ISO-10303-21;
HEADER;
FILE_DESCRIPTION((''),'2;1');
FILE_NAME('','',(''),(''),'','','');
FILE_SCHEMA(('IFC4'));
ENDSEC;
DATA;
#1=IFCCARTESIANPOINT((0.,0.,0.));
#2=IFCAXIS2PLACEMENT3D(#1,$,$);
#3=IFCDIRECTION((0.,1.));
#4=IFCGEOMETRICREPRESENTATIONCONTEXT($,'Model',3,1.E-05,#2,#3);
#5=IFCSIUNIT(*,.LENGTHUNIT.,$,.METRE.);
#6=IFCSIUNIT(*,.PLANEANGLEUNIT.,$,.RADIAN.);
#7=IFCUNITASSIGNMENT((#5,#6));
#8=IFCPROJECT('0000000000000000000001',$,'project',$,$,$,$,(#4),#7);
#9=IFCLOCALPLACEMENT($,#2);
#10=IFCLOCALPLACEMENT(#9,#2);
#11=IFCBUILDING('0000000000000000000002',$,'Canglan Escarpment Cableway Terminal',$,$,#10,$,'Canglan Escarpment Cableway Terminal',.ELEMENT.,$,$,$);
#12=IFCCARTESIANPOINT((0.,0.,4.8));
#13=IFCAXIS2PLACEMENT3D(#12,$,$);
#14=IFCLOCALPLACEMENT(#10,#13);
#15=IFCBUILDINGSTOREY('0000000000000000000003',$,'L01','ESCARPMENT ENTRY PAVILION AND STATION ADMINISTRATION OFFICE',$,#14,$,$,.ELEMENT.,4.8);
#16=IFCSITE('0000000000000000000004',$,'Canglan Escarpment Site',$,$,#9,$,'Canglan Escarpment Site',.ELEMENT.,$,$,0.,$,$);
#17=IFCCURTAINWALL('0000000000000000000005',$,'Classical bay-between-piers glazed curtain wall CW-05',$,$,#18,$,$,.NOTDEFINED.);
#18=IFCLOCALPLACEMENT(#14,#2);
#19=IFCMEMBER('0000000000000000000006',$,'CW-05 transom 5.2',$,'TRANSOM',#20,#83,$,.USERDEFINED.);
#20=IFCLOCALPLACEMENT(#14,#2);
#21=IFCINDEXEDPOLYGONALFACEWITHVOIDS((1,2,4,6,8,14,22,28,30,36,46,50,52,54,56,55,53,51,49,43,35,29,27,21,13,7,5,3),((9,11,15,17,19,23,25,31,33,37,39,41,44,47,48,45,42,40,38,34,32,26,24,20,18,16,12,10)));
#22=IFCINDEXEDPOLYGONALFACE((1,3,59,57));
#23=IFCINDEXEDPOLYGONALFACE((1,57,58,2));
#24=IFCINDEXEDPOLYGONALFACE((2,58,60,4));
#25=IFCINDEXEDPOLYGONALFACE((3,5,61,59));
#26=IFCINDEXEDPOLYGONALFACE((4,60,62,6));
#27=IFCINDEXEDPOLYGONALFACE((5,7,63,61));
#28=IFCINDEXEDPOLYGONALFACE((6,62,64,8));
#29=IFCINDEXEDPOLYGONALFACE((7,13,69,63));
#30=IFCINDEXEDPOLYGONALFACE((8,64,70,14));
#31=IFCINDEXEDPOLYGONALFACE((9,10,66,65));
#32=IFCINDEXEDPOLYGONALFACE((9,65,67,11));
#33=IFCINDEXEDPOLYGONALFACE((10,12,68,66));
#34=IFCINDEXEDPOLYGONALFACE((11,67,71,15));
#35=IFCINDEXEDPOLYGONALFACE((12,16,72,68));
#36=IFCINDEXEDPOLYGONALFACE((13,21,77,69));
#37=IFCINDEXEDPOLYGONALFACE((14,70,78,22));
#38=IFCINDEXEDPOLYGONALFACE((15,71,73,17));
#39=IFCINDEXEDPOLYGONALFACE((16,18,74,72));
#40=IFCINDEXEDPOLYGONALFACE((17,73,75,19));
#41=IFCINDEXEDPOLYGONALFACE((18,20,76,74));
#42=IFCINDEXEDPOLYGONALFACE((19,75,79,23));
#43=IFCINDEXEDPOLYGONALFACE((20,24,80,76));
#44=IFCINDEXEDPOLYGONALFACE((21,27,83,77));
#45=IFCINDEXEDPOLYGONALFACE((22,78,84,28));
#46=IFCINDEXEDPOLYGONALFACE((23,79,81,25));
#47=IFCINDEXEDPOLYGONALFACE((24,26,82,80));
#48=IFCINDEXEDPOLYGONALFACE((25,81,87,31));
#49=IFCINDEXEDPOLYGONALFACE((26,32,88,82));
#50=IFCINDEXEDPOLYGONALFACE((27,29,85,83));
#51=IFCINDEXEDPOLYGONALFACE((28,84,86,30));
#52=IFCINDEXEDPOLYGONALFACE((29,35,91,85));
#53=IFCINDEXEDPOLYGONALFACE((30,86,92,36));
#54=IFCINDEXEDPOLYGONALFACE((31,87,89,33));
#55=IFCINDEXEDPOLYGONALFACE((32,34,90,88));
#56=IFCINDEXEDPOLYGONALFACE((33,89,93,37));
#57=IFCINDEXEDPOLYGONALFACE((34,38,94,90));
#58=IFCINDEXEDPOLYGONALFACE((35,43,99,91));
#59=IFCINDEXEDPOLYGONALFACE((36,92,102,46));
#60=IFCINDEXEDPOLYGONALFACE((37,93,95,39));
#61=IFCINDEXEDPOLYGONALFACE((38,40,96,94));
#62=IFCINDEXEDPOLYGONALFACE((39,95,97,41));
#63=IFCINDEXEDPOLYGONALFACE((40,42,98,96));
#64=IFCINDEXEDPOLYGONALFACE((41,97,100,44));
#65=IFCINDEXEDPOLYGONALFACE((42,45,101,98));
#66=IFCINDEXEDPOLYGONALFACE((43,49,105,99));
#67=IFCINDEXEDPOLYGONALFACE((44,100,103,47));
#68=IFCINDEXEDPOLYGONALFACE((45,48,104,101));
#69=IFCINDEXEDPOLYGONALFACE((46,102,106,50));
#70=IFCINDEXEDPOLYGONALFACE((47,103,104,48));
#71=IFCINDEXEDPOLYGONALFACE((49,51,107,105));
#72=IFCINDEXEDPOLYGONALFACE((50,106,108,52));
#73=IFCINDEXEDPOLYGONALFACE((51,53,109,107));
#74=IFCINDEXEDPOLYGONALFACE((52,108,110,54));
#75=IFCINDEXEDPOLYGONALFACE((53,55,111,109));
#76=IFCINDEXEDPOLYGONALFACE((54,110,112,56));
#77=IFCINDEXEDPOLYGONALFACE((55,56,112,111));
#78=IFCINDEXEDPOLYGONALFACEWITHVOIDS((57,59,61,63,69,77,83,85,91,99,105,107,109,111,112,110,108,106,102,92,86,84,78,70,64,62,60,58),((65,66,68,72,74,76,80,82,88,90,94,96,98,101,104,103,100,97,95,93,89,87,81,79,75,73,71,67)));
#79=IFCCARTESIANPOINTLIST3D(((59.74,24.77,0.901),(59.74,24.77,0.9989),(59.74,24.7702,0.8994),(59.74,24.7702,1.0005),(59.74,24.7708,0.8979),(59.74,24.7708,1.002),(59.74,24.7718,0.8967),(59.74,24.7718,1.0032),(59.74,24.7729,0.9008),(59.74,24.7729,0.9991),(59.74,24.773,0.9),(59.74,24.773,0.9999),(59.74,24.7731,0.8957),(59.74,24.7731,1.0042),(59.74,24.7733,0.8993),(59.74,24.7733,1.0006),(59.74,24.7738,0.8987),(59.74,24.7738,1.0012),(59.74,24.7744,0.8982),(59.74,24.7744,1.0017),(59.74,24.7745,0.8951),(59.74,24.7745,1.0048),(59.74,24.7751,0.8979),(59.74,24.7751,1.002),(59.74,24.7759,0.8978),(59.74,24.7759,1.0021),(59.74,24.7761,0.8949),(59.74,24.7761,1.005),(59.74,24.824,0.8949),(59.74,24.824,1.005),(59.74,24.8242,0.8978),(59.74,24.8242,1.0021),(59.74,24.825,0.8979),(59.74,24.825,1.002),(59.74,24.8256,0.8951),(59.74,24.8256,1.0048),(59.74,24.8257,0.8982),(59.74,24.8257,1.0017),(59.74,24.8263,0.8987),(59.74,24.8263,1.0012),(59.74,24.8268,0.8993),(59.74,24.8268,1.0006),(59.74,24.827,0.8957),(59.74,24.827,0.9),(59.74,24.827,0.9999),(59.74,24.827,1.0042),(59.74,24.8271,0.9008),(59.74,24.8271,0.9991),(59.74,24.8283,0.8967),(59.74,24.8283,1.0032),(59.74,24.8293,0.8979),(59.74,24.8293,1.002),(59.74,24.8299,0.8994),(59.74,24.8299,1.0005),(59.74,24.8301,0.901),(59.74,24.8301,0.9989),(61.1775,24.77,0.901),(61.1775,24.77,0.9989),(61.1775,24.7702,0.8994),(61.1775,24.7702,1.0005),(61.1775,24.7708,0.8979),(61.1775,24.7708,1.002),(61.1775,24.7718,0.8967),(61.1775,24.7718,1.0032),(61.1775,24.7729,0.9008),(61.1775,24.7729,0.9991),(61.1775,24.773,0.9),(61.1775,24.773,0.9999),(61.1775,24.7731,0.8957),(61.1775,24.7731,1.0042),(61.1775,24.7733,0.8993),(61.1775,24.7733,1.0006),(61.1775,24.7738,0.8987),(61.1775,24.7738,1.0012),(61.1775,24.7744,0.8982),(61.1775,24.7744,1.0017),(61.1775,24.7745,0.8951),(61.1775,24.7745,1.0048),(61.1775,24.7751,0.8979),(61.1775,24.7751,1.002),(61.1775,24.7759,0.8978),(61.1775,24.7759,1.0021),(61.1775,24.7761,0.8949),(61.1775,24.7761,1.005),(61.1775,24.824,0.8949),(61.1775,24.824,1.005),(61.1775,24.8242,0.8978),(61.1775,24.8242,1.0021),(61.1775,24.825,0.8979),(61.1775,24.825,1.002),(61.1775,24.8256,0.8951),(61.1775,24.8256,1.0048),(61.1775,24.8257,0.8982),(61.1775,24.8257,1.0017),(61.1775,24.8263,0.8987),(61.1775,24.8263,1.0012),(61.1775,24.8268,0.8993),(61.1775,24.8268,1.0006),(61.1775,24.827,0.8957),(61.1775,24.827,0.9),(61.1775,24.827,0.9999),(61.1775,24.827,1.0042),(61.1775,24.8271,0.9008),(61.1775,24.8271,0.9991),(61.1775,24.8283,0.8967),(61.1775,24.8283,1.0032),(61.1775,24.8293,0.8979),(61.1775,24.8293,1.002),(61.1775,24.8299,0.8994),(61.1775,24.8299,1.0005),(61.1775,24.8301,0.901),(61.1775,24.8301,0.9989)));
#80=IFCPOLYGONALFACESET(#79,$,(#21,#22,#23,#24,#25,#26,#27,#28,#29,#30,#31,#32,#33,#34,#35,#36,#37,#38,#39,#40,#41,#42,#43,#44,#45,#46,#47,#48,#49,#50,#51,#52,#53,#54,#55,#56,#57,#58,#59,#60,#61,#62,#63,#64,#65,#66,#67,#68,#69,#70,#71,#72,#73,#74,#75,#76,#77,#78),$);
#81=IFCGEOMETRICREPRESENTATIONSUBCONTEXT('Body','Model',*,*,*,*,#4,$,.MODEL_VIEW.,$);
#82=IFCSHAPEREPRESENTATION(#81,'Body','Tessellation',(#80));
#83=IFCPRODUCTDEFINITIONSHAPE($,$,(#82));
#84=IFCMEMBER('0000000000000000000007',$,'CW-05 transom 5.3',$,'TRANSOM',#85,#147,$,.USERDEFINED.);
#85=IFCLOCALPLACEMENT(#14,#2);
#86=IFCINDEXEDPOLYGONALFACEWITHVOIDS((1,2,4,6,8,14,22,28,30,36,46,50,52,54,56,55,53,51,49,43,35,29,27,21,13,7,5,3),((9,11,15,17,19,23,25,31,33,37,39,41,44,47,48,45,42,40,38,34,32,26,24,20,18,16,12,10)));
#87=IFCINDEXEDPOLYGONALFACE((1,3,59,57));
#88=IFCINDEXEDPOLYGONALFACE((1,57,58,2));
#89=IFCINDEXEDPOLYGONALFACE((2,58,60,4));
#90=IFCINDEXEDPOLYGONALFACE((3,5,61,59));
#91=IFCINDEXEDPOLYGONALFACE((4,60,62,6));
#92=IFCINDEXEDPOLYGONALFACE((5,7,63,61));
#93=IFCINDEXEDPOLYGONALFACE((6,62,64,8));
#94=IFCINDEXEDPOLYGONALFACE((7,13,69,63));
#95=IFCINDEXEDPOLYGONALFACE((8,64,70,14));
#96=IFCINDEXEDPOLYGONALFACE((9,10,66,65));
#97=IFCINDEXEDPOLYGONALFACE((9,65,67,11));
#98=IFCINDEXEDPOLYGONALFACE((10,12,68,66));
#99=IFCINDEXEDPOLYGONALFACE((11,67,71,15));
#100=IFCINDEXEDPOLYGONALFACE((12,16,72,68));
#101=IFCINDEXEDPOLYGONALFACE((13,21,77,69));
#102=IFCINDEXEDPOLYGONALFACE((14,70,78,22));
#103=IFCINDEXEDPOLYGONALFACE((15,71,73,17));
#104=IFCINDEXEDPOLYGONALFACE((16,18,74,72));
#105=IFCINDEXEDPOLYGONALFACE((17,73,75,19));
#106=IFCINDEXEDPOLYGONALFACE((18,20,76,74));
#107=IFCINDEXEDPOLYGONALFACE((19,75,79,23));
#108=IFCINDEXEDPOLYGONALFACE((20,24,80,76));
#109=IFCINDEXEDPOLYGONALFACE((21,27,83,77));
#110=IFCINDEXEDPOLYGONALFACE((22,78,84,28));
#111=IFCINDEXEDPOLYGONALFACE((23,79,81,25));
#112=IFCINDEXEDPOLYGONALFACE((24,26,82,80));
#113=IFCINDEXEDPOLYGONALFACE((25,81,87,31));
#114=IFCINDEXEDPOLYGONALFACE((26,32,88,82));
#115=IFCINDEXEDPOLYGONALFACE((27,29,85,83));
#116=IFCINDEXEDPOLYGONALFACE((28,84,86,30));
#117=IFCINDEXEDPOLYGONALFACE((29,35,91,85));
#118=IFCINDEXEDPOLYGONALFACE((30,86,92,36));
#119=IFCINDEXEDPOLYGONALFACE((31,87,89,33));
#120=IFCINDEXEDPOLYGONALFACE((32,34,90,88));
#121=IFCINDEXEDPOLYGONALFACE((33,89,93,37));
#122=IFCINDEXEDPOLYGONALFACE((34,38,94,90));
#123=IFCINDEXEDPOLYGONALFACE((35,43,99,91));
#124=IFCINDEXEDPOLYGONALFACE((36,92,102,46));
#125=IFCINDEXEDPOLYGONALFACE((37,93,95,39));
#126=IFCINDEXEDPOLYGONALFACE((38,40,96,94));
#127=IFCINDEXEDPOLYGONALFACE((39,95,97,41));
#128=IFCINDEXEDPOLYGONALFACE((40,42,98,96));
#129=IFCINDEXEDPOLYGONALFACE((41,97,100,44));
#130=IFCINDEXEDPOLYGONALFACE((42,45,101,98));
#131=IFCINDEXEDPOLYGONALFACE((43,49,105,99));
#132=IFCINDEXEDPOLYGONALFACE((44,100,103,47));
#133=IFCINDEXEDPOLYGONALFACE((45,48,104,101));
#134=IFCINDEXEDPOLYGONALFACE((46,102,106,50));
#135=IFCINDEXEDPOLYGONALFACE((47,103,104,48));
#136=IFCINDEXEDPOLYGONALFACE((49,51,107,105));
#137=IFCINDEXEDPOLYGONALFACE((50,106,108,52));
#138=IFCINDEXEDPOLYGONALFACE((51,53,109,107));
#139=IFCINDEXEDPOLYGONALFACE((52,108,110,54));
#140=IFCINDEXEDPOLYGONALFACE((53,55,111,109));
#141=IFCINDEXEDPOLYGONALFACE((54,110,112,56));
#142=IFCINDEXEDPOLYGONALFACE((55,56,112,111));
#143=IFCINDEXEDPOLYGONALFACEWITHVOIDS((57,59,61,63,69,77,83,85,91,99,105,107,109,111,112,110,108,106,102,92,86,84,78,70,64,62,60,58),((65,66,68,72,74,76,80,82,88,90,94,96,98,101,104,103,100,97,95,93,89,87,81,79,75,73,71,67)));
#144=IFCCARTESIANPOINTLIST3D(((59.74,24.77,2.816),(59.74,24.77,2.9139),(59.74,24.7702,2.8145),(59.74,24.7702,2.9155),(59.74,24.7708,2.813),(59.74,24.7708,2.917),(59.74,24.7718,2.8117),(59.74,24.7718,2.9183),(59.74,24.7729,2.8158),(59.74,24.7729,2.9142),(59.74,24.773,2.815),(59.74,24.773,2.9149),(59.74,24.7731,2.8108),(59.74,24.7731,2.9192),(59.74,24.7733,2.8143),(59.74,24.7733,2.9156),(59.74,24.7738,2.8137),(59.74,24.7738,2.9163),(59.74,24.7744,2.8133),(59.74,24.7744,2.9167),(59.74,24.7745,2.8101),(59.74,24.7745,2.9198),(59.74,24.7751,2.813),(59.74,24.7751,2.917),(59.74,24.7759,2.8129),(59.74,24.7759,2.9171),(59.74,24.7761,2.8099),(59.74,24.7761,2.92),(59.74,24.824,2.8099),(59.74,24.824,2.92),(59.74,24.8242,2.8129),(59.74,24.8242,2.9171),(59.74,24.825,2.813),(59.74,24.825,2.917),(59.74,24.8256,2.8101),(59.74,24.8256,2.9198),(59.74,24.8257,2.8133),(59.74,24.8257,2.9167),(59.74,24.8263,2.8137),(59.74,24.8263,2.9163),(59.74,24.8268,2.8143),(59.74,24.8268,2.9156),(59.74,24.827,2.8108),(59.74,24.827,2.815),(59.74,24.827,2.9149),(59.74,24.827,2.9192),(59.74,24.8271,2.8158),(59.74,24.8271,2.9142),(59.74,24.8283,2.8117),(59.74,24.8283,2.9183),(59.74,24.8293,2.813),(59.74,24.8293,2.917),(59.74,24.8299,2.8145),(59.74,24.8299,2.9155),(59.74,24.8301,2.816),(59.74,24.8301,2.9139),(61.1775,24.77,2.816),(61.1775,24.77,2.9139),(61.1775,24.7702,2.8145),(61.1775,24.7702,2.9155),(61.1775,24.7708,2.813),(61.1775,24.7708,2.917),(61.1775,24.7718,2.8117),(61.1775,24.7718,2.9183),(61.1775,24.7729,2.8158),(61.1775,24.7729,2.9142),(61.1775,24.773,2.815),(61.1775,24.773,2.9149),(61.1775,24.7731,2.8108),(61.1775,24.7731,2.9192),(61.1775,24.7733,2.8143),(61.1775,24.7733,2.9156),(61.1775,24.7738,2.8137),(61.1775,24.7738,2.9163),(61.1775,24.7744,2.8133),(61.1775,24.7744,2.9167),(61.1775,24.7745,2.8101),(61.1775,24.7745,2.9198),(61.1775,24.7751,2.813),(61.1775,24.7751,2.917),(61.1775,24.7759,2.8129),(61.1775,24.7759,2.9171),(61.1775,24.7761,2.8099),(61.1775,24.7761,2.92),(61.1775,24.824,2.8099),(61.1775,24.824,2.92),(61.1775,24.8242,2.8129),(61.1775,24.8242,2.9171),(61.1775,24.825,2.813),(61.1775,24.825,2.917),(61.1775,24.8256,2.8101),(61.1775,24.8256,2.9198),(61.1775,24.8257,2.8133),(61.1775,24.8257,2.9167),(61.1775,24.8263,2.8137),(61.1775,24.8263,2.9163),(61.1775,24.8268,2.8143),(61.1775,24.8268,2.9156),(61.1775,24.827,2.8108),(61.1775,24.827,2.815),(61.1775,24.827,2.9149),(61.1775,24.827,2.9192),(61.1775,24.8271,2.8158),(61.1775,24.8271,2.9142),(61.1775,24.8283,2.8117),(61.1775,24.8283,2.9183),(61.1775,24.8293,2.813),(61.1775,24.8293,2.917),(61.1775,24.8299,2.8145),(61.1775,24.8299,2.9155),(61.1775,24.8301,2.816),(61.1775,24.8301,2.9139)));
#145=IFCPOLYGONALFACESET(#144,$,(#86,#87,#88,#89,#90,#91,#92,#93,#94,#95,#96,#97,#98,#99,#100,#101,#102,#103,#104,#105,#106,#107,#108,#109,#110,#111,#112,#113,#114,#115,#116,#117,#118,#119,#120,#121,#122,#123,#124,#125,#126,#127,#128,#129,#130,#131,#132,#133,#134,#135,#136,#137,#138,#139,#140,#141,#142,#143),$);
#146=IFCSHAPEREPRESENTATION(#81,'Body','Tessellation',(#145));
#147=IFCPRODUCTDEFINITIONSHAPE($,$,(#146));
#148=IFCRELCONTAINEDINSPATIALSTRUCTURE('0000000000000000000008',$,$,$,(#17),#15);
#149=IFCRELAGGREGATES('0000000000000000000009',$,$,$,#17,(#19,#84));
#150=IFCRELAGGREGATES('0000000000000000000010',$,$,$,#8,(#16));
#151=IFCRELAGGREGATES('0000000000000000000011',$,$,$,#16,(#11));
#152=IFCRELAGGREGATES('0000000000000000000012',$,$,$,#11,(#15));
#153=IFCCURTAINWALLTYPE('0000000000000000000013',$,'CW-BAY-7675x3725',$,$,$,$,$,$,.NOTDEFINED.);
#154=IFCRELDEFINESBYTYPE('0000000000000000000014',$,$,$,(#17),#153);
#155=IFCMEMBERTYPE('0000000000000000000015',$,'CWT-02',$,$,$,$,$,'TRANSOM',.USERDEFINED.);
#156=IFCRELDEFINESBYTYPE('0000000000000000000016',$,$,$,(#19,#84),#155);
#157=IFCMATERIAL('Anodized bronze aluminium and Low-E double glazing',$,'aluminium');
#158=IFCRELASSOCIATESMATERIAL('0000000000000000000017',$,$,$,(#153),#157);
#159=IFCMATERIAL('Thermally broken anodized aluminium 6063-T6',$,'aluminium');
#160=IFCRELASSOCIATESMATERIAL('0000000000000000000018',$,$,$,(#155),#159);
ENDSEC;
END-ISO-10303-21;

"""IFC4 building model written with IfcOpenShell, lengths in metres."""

from ifc_helpers import new_model, si_unit, direction, frame, origin, origin_2d, place, context, subcontext, project, spatial, hollow_rectangle, extrude, material, material_profile, profile_set, type_object, element, aggregate, save


model = new_model("IFC4")

# Units and contexts
model_context = context("Model", 3, precision=1e-05, world=origin(), true_north=direction((0.0, 1.0)))
body_context = subcontext(model_context, "Body", "Model", "MODEL_VIEW")
ifc_project = project(units=[si_unit("LENGTHUNIT", "METRE"), si_unit("PLANEANGLEUNIT", "RADIAN")], contexts=[model_context])

# Site, building, storey
site_placement = place(None, origin())
site = spatial("IfcSite", under=ifc_project, at=site_placement, Name="Canglan Escarpment Site", LongName="Canglan Escarpment Site", CompositionType="ELEMENT", RefElevation=0.0)
building_placement = place(site_placement, origin())
building = spatial("IfcBuilding", under=site, at=building_placement, Name="Canglan Escarpment Cableway Terminal", LongName="Canglan Escarpment Cableway Terminal", CompositionType="ELEMENT")
storey_placement = place(building_placement, frame((0.0, 0.0, 4.8)))
storey = spatial("IfcBuildingStorey", under=building, at=storey_placement, Name="L01", Description="ESCARPMENT ENTRY PAVILION AND STATION ADMINISTRATION OFFICE", CompositionType="ELEMENT", Elevation=4.8)

# Curtain wall, members
ifc_material_1 = material(Name="Anodized bronze aluminium and Low-E double glazing", Category="aluminium")
curtain_wall_type = type_object("IfcCurtainWallType", Name="CW-BAY-7675x3725", PredefinedType="NOTDEFINED", material=ifc_material_1)
curtain_wall_placement = place(storey_placement, origin())
curtain_wall = element("IfcCurtainWall", 1, at=curtain_wall_placement, inside=storey, type_object=curtain_wall_type, Name="Classical bay-between-piers glazed curtain wall CW-05", PredefinedType="NOTDEFINED")
ifc_material_2 = material(Name="Thermally broken anodized aluminium 6063-T6", Category="aluminium")
ifc_material_profile_1 = material_profile(ifc_material_2, hollow_rectangle(XDim=0.0601, YDim=0.1101, WallThickness=0.0029, InnerFilletRadius=0.0029, OuterFilletRadius=0.0061, at=origin_2d()), Name="ALU-TRAN 60x110x3")
ifc_profile_set_1 = profile_set([ifc_material_profile_1], Name="Thermally broken anodized aluminium 6063-T6")
member_type_1 = type_object("IfcMemberType", Name="CWT-02", ElementType="TRANSOM", PredefinedType="USERDEFINED", material=ifc_profile_set_1)
member_1_placement = place(storey_placement, frame((61.1775, 24.8, 0.95), z_axis=(-1.0, 0.0, 0.0), x_axis=(0.0, -1.0, 0.0)))
member_1 = element("IfcMember", 2, at=member_1_placement, type_object=member_type_1, Name="CW-05 transom 5.2", ObjectType="TRANSOM", PredefinedType="USERDEFINED", context=body_context, shape_type="SweptSolid", body=[
    extrude(hollow_rectangle(XDim=0.0601, YDim=0.1101, WallThickness=0.0029, InnerFilletRadius=0.0029, OuterFilletRadius=0.0061, at=origin_2d()), origin(), (0.0, 0.0, 1.0), 1.4375),
])
member_2_placement = place(storey_placement, frame((61.1775, 24.8, 2.865), z_axis=(-1.0, 0.0, 0.0), x_axis=(0.0, -1.0, 0.0)))
member_2 = element("IfcMember", 3, at=member_2_placement, type_object=member_type_1, Name="CW-05 transom 5.3", ObjectType="TRANSOM", PredefinedType="USERDEFINED", context=body_context, shape_type="SweptSolid", body=[
    extrude(hollow_rectangle(XDim=0.0601, YDim=0.1101, WallThickness=0.0029, InnerFilletRadius=0.0029, OuterFilletRadius=0.0061, at=origin_2d()), origin(), (0.0, 0.0, 1.0), 1.4375),
])
aggregate(curtain_wall, [member_1, member_2])

save(model, "model.ifc")
